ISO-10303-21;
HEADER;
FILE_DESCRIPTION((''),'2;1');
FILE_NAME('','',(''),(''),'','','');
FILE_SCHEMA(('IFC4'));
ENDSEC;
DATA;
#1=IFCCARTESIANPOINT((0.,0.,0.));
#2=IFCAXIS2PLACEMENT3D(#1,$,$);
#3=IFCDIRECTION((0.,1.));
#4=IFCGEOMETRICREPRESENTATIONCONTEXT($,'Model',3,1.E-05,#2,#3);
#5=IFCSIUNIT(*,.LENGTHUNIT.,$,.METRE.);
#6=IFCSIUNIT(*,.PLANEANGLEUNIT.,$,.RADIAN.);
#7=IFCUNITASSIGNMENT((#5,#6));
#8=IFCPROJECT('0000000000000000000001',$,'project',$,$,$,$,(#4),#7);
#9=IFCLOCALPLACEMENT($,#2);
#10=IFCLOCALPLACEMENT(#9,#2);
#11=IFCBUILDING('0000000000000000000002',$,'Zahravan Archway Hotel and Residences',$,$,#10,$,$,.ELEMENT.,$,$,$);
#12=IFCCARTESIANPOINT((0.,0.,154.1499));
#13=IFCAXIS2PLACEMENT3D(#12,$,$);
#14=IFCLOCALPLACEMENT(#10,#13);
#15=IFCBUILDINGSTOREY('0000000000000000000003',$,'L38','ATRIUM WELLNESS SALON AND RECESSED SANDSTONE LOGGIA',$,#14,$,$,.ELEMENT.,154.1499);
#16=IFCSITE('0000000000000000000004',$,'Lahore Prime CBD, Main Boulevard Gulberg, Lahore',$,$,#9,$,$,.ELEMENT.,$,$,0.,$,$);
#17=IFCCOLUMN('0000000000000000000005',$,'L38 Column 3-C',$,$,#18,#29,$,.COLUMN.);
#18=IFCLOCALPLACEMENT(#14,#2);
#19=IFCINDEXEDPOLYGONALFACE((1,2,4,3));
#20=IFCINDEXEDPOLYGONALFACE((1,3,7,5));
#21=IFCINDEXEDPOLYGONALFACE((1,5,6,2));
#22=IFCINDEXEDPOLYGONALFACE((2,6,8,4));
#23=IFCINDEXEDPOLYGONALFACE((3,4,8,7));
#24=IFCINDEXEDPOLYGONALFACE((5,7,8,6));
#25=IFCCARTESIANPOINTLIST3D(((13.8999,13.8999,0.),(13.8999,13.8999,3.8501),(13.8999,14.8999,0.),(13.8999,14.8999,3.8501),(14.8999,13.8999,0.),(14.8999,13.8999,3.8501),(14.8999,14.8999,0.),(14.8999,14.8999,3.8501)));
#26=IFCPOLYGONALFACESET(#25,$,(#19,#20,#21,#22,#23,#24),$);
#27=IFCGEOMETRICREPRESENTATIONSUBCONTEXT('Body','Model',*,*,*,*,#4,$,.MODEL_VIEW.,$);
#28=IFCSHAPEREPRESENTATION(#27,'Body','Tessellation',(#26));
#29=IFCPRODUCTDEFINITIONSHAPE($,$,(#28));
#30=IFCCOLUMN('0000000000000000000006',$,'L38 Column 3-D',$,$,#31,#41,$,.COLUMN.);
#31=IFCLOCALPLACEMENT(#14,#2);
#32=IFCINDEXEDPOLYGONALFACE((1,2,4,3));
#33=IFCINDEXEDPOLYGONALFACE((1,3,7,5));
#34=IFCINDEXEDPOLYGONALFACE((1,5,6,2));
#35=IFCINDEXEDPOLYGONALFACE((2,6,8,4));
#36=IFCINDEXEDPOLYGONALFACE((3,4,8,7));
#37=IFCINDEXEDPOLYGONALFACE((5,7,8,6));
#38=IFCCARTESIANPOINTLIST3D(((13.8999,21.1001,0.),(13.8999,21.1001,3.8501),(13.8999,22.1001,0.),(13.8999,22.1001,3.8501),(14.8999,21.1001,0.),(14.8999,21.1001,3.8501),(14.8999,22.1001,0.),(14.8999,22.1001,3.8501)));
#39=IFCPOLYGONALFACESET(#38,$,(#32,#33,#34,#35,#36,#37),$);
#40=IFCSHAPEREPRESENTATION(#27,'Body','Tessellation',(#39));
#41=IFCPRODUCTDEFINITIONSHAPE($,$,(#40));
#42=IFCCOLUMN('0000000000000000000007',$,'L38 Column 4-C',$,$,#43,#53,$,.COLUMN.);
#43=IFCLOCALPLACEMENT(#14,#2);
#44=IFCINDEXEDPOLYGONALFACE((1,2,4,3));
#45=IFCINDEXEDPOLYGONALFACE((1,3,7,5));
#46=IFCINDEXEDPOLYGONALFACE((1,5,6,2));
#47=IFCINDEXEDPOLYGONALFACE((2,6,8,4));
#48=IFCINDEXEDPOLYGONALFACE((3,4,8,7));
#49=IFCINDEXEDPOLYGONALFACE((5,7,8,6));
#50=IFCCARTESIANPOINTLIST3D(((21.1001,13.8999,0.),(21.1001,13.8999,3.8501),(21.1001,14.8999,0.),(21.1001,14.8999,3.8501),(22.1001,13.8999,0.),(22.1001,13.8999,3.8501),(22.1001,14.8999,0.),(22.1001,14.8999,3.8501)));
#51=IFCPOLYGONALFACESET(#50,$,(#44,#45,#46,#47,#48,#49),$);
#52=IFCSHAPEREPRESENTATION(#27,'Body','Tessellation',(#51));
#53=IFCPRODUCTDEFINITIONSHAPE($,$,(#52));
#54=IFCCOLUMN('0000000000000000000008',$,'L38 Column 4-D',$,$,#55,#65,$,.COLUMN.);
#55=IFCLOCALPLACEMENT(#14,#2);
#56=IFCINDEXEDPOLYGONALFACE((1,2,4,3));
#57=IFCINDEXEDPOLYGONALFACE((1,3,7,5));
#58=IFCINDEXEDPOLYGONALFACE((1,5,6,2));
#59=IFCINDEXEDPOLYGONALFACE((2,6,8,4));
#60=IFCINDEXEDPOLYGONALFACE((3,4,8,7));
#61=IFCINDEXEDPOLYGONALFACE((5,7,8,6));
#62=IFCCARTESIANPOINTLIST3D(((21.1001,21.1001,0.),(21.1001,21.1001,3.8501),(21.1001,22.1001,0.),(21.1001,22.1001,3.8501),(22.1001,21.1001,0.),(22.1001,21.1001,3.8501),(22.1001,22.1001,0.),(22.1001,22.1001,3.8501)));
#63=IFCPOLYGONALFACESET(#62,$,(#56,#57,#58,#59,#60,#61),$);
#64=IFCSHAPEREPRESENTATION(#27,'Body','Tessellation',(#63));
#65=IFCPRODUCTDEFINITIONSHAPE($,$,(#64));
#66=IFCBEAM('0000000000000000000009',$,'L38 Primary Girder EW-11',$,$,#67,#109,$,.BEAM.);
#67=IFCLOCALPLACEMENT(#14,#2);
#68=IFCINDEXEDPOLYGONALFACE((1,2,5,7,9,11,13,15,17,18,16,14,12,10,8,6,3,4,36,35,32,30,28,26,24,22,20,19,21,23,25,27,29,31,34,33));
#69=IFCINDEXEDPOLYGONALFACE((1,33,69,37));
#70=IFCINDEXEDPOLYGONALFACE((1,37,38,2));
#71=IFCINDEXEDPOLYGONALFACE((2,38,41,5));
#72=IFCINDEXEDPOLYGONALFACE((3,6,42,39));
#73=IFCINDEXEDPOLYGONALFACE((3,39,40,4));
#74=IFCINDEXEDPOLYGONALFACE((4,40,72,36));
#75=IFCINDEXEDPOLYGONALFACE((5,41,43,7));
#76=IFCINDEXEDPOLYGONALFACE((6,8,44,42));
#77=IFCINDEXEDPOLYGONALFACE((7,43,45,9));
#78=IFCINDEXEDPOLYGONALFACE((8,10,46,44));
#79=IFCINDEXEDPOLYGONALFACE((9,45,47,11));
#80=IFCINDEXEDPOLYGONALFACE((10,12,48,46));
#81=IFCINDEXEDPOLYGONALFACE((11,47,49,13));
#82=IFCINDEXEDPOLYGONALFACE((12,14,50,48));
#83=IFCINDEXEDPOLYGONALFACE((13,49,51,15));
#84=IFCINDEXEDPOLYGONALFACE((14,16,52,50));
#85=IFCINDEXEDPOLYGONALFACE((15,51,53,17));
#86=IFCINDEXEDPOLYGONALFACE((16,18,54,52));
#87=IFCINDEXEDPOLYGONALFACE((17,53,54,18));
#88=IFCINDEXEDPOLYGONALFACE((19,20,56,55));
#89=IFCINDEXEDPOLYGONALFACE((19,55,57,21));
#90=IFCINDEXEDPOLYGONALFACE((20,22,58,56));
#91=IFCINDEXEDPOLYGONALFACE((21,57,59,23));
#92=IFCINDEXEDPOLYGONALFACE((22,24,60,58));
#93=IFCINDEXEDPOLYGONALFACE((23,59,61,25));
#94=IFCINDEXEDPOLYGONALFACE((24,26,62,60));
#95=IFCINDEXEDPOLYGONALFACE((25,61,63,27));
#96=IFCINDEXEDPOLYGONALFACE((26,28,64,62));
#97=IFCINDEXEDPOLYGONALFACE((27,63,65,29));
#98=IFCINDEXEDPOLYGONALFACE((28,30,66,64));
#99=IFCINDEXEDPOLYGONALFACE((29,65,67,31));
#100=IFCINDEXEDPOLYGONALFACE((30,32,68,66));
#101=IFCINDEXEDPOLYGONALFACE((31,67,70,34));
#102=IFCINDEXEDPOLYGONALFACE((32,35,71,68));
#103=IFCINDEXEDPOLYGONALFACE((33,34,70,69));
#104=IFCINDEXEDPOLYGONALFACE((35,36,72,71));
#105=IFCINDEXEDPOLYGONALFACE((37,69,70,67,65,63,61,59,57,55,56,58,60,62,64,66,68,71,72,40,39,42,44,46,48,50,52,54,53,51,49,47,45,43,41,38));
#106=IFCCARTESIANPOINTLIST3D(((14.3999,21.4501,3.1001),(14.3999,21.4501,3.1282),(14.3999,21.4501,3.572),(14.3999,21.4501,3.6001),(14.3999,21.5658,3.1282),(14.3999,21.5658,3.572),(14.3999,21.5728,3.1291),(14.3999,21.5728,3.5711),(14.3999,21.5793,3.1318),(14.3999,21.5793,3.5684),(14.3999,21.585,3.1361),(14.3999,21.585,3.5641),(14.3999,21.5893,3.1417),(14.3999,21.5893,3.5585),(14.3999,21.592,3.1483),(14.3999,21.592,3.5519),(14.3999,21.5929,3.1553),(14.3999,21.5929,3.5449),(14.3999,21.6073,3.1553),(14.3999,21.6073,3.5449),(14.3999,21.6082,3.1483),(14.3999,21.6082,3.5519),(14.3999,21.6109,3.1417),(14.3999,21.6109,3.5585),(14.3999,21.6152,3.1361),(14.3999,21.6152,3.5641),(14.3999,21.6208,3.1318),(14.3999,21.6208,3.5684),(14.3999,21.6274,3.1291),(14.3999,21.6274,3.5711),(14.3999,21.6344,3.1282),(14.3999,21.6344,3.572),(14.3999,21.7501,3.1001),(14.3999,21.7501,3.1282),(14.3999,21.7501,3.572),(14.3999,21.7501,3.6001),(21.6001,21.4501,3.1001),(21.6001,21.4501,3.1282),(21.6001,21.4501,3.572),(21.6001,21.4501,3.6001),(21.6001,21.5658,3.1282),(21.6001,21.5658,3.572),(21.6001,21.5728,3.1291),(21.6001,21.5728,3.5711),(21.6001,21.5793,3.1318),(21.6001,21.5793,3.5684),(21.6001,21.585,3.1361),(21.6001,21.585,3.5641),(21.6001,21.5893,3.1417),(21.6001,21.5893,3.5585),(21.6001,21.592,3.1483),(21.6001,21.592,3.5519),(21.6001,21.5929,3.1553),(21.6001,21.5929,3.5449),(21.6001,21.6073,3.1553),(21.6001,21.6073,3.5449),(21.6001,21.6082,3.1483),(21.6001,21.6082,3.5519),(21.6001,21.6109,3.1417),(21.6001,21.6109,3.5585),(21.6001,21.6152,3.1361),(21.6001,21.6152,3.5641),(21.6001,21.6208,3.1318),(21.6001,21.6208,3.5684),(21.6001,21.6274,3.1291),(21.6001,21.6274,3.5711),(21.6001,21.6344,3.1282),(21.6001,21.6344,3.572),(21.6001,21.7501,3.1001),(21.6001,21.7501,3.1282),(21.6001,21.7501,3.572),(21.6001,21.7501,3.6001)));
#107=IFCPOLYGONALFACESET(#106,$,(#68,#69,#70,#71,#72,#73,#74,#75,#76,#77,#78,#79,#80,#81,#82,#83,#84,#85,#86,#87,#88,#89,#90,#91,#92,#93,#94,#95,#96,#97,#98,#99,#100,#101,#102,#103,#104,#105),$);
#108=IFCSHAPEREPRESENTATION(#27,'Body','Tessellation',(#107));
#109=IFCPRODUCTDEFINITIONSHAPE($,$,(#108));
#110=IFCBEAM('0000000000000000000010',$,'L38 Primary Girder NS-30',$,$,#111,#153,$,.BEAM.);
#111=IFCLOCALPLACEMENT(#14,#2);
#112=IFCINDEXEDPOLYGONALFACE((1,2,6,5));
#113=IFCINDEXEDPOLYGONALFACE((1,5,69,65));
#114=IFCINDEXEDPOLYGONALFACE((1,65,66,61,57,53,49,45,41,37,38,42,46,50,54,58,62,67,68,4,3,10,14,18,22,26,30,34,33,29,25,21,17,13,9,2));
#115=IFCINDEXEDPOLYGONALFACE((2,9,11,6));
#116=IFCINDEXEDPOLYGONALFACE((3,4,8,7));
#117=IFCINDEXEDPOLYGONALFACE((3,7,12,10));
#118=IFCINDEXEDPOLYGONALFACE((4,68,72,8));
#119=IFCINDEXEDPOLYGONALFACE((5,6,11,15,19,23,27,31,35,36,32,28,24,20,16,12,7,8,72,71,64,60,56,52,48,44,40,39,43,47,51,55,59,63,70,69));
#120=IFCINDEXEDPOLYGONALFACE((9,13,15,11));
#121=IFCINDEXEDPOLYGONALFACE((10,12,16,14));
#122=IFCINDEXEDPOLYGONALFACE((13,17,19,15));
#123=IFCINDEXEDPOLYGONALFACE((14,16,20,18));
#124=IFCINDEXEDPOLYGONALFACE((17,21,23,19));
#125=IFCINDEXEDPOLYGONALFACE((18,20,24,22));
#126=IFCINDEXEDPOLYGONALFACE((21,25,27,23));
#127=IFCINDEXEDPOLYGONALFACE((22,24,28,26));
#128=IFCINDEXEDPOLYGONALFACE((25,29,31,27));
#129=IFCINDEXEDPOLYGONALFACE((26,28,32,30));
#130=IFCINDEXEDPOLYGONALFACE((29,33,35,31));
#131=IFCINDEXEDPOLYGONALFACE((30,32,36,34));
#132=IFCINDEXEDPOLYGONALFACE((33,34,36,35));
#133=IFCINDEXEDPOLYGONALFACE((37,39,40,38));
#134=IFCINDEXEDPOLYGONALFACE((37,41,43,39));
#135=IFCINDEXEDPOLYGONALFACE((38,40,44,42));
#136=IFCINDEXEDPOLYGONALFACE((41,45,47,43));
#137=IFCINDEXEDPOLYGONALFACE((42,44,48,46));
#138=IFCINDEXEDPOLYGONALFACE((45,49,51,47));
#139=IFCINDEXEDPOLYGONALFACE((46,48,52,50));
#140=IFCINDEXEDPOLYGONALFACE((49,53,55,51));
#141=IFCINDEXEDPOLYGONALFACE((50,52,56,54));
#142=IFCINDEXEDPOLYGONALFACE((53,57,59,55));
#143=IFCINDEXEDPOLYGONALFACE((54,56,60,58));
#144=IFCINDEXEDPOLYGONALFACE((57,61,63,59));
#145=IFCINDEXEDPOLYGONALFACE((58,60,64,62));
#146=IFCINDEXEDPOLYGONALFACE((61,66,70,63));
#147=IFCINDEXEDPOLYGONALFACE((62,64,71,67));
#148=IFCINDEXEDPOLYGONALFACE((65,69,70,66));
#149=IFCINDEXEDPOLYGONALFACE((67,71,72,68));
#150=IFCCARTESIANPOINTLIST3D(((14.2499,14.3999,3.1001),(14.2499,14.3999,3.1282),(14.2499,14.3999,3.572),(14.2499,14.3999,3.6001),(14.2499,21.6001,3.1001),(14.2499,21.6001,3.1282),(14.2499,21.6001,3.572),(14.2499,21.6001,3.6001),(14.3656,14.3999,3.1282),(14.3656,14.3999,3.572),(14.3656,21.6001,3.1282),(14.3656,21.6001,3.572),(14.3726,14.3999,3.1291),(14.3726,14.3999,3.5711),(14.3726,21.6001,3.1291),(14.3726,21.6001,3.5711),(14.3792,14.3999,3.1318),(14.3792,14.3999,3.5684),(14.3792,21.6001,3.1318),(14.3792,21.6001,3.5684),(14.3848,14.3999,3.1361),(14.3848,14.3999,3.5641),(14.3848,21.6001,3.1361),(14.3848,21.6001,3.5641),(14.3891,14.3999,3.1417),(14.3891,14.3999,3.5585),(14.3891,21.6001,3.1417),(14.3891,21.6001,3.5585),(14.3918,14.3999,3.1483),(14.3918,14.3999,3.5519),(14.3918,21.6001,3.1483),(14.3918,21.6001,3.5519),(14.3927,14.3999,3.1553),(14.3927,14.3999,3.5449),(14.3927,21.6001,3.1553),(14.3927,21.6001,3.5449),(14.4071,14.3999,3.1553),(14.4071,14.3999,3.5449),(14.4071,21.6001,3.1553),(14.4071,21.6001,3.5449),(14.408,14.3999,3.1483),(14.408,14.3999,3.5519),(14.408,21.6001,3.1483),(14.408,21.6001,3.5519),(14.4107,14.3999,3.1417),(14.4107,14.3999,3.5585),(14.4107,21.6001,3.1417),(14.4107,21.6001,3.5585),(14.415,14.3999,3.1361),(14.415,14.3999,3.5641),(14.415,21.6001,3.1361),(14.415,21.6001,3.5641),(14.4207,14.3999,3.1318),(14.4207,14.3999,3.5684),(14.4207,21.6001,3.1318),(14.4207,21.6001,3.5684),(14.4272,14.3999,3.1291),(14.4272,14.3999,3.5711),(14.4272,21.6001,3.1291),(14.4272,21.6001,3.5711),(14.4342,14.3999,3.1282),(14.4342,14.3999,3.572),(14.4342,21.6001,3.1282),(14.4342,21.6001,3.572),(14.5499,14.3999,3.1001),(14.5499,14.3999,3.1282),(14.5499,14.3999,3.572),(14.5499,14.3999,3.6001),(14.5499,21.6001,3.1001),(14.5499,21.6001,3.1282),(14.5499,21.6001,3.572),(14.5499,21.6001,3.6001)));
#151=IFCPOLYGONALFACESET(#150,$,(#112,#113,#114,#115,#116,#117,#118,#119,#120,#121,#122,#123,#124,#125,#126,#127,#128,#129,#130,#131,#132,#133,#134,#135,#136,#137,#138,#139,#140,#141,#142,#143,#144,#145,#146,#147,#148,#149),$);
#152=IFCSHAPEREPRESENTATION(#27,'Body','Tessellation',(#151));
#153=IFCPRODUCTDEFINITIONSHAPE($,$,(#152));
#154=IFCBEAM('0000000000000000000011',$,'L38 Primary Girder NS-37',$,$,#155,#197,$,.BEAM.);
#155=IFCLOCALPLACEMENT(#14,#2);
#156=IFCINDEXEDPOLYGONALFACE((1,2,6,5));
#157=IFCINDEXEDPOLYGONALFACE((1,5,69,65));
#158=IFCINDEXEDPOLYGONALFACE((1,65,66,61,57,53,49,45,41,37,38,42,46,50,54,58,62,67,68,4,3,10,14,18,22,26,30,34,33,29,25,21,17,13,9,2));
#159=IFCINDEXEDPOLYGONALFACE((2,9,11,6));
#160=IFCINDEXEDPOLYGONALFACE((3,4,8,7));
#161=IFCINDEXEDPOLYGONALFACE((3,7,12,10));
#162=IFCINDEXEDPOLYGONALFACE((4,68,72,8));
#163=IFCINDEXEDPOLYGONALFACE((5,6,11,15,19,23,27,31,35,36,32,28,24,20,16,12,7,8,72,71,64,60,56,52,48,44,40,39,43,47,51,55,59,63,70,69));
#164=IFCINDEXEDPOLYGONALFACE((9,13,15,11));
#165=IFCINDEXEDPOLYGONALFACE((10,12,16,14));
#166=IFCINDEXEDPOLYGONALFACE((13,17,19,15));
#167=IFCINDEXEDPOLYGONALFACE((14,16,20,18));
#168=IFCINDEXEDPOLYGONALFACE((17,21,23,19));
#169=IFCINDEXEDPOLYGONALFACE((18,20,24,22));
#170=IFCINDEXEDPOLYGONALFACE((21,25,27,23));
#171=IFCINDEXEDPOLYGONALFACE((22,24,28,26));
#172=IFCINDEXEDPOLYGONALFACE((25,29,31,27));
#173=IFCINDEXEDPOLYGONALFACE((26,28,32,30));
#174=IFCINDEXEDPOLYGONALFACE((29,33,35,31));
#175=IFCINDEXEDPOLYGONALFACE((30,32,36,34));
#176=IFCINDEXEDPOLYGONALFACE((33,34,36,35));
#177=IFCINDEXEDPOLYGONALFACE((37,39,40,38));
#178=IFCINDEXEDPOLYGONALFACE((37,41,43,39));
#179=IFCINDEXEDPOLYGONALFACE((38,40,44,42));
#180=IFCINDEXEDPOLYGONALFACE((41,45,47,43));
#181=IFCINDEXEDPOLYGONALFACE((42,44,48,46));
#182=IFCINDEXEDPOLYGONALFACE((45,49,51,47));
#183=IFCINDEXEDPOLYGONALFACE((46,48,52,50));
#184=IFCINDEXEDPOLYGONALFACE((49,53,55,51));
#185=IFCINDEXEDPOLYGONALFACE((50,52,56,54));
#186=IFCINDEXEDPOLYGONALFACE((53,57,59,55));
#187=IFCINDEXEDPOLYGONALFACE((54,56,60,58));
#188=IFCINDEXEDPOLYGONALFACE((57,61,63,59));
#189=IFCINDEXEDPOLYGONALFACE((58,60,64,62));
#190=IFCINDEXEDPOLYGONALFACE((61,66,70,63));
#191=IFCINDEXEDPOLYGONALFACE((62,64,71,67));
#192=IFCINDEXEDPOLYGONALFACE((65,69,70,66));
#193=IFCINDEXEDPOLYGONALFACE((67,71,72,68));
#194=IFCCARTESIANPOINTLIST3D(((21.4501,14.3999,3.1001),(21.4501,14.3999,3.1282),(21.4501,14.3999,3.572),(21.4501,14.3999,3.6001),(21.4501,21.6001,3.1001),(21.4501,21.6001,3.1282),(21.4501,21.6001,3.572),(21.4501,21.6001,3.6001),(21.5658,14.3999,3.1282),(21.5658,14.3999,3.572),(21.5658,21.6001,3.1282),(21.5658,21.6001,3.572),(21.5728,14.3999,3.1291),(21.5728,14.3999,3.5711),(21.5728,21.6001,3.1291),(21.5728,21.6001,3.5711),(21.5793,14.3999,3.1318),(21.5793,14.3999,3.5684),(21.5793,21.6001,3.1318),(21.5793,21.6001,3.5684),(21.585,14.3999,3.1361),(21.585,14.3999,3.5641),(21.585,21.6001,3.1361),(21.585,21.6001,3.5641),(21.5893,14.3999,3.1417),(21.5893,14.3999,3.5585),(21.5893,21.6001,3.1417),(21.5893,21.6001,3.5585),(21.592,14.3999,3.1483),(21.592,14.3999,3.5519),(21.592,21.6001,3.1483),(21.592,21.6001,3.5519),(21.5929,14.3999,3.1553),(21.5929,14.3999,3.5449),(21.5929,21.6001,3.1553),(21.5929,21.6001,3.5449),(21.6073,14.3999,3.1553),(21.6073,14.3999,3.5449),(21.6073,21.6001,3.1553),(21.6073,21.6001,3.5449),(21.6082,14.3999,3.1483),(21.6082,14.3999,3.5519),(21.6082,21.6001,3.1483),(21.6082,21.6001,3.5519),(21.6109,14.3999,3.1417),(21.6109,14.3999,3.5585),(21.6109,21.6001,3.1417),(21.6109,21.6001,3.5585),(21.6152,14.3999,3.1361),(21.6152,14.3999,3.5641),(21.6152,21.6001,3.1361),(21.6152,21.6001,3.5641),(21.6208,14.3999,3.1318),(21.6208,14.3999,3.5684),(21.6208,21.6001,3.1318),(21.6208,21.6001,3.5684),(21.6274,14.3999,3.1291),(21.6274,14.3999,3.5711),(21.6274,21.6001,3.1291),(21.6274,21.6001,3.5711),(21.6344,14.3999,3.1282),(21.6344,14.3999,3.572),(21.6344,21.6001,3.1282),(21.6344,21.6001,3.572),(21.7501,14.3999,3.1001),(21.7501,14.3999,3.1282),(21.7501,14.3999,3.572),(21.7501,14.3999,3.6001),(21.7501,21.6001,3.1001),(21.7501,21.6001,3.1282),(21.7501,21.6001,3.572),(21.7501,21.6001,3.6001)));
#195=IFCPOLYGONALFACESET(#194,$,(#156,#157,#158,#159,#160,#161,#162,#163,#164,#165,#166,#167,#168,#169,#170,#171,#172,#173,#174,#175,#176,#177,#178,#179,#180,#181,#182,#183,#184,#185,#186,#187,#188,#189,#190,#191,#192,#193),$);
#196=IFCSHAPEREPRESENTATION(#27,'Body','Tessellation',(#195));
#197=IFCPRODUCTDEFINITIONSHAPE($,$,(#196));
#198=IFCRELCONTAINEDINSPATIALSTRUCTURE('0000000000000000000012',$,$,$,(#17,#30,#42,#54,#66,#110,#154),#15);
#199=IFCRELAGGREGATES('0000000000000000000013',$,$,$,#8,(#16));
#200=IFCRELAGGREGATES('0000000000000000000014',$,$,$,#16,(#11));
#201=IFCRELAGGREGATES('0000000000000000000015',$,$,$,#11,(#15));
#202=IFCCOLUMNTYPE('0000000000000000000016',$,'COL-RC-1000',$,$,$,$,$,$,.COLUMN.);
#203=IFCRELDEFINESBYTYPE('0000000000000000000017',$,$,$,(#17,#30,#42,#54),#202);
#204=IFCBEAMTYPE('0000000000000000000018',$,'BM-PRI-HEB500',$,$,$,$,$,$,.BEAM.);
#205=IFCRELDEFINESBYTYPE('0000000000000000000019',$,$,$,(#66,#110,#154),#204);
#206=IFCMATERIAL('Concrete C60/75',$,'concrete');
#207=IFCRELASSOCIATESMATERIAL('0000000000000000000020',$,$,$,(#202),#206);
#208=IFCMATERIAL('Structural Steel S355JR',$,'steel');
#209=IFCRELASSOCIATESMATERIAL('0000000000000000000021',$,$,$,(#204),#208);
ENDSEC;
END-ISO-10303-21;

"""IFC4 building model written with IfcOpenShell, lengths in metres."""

from ifc_helpers import new_model, si_unit, direction, frame, origin, origin_2d, place, context, subcontext, project, spatial, rectangle, i_section, extrude, source, transform, mapped, material, material_profile, profile_set, type_object, type_shapes, element, save


model = new_model("IFC4")

# Units and contexts
model_context = context("Model", 3, precision=1e-05, world=origin(), true_north=direction((0.0, 1.0)))
body_context = subcontext(model_context, "Body", "Model", "MODEL_VIEW")
ifc_project = project(units=[si_unit("LENGTHUNIT", "METRE"), si_unit("PLANEANGLEUNIT", "RADIAN")], contexts=[model_context])

# Site, building, storey
site_placement = place(None, origin())
site = spatial("IfcSite", under=ifc_project, at=site_placement, Name="Lahore Prime CBD, Main Boulevard Gulberg, Lahore", CompositionType="ELEMENT", RefElevation=0.0)
building_placement = place(site_placement, origin())
building = spatial("IfcBuilding", under=site, at=building_placement, Name="Zahravan Archway Hotel and Residences", CompositionType="ELEMENT")
storey_placement = place(building_placement, frame((0.0, 0.0, 154.1499)))
storey = spatial("IfcBuildingStorey", under=building, at=storey_placement, Name="L38", Description="ATRIUM WELLNESS SALON AND RECESSED SANDSTONE LOGGIA", CompositionType="ELEMENT", Elevation=154.1499)

# Columns
ifc_material_1 = material(Name="Concrete C60/75", Category="concrete")
ifc_material_profile_1 = material_profile(ifc_material_1, rectangle(XDim=1.0, YDim=1.0, at=origin_2d()), Name="RC-COL-1000x1000", Category="concrete")
ifc_profile_set_1 = profile_set([ifc_material_profile_1], Name="Concrete C60/75")
column_type = type_object("IfcColumnType", Name="COL-RC-1000", PredefinedType="COLUMN", material=ifc_profile_set_1)
shared_shape_1 = source(origin(), body_context, "Body", "SweptSolid", [
    extrude(rectangle(XDim=1.0, YDim=1.0, at=origin_2d()), origin(), (0.0, 0.0, 1.0), 3.8501),
])
for number, where, z_axis, x_axis, name in (
    (1, (14.3999, 14.3999, 0.0), (0.0, 0.0, 1.0), (1.0, 0.0, 0.0), "L38 Column 3-C"),
    (2, (14.3999, 21.6001, 0.0), (0.0, 0.0, 1.0), (1.0, 0.0, 0.0), "L38 Column 3-D"),
    (3, (21.6001, 14.3999, 0.0), (0.0, 0.0, 1.0), (1.0, 0.0, 0.0), "L38 Column 4-C"),
    (4, (21.6001, 21.6001, 0.0), (0.0, 0.0, 1.0), (1.0, 0.0, 0.0), "L38 Column 4-D"),
):
    element("IfcColumn", number, at=place(storey_placement, frame(where, z_axis=z_axis, x_axis=x_axis)), inside=storey, type_object=column_type, Name=name, PredefinedType="COLUMN", context=body_context, shape_type="MappedRepresentation", body=[
        mapped(shared_shape_1, transform((0.0, 0.0, 0.0), scale=1.0)),
    ])

# Beams
ifc_material_2 = material(Name="Structural Steel S355JR", Category="steel")
ifc_material_profile_2 = material_profile(ifc_material_2, i_section(OverallWidth=0.3, OverallDepth=0.5, WebThickness=0.0144, FlangeThickness=0.0281, FilletRadius=0.0271, at=origin_2d()), Name="HEB 500", Category="steel")
ifc_profile_set_2 = profile_set([ifc_material_profile_2], Name="Structural Steel S355JR")
beam_type_1 = type_object("IfcBeamType", Name="BM-PRI-HEB500", PredefinedType="BEAM", material=ifc_profile_set_2)
shared_shape_2 = source(origin(), body_context, "Body", "SweptSolid", [
    extrude(i_section(OverallWidth=0.3, OverallDepth=0.5, WebThickness=0.0144, FlangeThickness=0.0281, FilletRadius=0.0271, at=origin_2d()), origin(), (0.0, 0.0, 1.0), 7.2002),
])
type_shapes(beam_type_1, [shared_shape_2])
for number, where, z_axis, x_axis, name in (
    (5, (14.3999, 21.6001, 3.3501), (1.0, 0.0, 0.0), (0.0, 1.0, 0.0), "L38 Primary Girder EW-11"),
    (6, (14.3999, 14.3999, 3.3501), (0.0, 1.0, 0.0), (-1.0, 0.0, 0.0), "L38 Primary Girder NS-30"),
    (7, (21.6001, 14.3999, 3.3501), (0.0, 1.0, 0.0), (-1.0, 0.0, 0.0), "L38 Primary Girder NS-37"),
):
    element("IfcBeam", number, at=place(storey_placement, frame(where, z_axis=z_axis, x_axis=x_axis)), inside=storey, type_object=beam_type_1, Name=name, PredefinedType="BEAM", context=body_context, shape_type="MappedRepresentation", body=[
        mapped(shared_shape_2, transform((0.0, 0.0, 0.0), scale=1.0)),
    ])

save(model, "model.ifc")
